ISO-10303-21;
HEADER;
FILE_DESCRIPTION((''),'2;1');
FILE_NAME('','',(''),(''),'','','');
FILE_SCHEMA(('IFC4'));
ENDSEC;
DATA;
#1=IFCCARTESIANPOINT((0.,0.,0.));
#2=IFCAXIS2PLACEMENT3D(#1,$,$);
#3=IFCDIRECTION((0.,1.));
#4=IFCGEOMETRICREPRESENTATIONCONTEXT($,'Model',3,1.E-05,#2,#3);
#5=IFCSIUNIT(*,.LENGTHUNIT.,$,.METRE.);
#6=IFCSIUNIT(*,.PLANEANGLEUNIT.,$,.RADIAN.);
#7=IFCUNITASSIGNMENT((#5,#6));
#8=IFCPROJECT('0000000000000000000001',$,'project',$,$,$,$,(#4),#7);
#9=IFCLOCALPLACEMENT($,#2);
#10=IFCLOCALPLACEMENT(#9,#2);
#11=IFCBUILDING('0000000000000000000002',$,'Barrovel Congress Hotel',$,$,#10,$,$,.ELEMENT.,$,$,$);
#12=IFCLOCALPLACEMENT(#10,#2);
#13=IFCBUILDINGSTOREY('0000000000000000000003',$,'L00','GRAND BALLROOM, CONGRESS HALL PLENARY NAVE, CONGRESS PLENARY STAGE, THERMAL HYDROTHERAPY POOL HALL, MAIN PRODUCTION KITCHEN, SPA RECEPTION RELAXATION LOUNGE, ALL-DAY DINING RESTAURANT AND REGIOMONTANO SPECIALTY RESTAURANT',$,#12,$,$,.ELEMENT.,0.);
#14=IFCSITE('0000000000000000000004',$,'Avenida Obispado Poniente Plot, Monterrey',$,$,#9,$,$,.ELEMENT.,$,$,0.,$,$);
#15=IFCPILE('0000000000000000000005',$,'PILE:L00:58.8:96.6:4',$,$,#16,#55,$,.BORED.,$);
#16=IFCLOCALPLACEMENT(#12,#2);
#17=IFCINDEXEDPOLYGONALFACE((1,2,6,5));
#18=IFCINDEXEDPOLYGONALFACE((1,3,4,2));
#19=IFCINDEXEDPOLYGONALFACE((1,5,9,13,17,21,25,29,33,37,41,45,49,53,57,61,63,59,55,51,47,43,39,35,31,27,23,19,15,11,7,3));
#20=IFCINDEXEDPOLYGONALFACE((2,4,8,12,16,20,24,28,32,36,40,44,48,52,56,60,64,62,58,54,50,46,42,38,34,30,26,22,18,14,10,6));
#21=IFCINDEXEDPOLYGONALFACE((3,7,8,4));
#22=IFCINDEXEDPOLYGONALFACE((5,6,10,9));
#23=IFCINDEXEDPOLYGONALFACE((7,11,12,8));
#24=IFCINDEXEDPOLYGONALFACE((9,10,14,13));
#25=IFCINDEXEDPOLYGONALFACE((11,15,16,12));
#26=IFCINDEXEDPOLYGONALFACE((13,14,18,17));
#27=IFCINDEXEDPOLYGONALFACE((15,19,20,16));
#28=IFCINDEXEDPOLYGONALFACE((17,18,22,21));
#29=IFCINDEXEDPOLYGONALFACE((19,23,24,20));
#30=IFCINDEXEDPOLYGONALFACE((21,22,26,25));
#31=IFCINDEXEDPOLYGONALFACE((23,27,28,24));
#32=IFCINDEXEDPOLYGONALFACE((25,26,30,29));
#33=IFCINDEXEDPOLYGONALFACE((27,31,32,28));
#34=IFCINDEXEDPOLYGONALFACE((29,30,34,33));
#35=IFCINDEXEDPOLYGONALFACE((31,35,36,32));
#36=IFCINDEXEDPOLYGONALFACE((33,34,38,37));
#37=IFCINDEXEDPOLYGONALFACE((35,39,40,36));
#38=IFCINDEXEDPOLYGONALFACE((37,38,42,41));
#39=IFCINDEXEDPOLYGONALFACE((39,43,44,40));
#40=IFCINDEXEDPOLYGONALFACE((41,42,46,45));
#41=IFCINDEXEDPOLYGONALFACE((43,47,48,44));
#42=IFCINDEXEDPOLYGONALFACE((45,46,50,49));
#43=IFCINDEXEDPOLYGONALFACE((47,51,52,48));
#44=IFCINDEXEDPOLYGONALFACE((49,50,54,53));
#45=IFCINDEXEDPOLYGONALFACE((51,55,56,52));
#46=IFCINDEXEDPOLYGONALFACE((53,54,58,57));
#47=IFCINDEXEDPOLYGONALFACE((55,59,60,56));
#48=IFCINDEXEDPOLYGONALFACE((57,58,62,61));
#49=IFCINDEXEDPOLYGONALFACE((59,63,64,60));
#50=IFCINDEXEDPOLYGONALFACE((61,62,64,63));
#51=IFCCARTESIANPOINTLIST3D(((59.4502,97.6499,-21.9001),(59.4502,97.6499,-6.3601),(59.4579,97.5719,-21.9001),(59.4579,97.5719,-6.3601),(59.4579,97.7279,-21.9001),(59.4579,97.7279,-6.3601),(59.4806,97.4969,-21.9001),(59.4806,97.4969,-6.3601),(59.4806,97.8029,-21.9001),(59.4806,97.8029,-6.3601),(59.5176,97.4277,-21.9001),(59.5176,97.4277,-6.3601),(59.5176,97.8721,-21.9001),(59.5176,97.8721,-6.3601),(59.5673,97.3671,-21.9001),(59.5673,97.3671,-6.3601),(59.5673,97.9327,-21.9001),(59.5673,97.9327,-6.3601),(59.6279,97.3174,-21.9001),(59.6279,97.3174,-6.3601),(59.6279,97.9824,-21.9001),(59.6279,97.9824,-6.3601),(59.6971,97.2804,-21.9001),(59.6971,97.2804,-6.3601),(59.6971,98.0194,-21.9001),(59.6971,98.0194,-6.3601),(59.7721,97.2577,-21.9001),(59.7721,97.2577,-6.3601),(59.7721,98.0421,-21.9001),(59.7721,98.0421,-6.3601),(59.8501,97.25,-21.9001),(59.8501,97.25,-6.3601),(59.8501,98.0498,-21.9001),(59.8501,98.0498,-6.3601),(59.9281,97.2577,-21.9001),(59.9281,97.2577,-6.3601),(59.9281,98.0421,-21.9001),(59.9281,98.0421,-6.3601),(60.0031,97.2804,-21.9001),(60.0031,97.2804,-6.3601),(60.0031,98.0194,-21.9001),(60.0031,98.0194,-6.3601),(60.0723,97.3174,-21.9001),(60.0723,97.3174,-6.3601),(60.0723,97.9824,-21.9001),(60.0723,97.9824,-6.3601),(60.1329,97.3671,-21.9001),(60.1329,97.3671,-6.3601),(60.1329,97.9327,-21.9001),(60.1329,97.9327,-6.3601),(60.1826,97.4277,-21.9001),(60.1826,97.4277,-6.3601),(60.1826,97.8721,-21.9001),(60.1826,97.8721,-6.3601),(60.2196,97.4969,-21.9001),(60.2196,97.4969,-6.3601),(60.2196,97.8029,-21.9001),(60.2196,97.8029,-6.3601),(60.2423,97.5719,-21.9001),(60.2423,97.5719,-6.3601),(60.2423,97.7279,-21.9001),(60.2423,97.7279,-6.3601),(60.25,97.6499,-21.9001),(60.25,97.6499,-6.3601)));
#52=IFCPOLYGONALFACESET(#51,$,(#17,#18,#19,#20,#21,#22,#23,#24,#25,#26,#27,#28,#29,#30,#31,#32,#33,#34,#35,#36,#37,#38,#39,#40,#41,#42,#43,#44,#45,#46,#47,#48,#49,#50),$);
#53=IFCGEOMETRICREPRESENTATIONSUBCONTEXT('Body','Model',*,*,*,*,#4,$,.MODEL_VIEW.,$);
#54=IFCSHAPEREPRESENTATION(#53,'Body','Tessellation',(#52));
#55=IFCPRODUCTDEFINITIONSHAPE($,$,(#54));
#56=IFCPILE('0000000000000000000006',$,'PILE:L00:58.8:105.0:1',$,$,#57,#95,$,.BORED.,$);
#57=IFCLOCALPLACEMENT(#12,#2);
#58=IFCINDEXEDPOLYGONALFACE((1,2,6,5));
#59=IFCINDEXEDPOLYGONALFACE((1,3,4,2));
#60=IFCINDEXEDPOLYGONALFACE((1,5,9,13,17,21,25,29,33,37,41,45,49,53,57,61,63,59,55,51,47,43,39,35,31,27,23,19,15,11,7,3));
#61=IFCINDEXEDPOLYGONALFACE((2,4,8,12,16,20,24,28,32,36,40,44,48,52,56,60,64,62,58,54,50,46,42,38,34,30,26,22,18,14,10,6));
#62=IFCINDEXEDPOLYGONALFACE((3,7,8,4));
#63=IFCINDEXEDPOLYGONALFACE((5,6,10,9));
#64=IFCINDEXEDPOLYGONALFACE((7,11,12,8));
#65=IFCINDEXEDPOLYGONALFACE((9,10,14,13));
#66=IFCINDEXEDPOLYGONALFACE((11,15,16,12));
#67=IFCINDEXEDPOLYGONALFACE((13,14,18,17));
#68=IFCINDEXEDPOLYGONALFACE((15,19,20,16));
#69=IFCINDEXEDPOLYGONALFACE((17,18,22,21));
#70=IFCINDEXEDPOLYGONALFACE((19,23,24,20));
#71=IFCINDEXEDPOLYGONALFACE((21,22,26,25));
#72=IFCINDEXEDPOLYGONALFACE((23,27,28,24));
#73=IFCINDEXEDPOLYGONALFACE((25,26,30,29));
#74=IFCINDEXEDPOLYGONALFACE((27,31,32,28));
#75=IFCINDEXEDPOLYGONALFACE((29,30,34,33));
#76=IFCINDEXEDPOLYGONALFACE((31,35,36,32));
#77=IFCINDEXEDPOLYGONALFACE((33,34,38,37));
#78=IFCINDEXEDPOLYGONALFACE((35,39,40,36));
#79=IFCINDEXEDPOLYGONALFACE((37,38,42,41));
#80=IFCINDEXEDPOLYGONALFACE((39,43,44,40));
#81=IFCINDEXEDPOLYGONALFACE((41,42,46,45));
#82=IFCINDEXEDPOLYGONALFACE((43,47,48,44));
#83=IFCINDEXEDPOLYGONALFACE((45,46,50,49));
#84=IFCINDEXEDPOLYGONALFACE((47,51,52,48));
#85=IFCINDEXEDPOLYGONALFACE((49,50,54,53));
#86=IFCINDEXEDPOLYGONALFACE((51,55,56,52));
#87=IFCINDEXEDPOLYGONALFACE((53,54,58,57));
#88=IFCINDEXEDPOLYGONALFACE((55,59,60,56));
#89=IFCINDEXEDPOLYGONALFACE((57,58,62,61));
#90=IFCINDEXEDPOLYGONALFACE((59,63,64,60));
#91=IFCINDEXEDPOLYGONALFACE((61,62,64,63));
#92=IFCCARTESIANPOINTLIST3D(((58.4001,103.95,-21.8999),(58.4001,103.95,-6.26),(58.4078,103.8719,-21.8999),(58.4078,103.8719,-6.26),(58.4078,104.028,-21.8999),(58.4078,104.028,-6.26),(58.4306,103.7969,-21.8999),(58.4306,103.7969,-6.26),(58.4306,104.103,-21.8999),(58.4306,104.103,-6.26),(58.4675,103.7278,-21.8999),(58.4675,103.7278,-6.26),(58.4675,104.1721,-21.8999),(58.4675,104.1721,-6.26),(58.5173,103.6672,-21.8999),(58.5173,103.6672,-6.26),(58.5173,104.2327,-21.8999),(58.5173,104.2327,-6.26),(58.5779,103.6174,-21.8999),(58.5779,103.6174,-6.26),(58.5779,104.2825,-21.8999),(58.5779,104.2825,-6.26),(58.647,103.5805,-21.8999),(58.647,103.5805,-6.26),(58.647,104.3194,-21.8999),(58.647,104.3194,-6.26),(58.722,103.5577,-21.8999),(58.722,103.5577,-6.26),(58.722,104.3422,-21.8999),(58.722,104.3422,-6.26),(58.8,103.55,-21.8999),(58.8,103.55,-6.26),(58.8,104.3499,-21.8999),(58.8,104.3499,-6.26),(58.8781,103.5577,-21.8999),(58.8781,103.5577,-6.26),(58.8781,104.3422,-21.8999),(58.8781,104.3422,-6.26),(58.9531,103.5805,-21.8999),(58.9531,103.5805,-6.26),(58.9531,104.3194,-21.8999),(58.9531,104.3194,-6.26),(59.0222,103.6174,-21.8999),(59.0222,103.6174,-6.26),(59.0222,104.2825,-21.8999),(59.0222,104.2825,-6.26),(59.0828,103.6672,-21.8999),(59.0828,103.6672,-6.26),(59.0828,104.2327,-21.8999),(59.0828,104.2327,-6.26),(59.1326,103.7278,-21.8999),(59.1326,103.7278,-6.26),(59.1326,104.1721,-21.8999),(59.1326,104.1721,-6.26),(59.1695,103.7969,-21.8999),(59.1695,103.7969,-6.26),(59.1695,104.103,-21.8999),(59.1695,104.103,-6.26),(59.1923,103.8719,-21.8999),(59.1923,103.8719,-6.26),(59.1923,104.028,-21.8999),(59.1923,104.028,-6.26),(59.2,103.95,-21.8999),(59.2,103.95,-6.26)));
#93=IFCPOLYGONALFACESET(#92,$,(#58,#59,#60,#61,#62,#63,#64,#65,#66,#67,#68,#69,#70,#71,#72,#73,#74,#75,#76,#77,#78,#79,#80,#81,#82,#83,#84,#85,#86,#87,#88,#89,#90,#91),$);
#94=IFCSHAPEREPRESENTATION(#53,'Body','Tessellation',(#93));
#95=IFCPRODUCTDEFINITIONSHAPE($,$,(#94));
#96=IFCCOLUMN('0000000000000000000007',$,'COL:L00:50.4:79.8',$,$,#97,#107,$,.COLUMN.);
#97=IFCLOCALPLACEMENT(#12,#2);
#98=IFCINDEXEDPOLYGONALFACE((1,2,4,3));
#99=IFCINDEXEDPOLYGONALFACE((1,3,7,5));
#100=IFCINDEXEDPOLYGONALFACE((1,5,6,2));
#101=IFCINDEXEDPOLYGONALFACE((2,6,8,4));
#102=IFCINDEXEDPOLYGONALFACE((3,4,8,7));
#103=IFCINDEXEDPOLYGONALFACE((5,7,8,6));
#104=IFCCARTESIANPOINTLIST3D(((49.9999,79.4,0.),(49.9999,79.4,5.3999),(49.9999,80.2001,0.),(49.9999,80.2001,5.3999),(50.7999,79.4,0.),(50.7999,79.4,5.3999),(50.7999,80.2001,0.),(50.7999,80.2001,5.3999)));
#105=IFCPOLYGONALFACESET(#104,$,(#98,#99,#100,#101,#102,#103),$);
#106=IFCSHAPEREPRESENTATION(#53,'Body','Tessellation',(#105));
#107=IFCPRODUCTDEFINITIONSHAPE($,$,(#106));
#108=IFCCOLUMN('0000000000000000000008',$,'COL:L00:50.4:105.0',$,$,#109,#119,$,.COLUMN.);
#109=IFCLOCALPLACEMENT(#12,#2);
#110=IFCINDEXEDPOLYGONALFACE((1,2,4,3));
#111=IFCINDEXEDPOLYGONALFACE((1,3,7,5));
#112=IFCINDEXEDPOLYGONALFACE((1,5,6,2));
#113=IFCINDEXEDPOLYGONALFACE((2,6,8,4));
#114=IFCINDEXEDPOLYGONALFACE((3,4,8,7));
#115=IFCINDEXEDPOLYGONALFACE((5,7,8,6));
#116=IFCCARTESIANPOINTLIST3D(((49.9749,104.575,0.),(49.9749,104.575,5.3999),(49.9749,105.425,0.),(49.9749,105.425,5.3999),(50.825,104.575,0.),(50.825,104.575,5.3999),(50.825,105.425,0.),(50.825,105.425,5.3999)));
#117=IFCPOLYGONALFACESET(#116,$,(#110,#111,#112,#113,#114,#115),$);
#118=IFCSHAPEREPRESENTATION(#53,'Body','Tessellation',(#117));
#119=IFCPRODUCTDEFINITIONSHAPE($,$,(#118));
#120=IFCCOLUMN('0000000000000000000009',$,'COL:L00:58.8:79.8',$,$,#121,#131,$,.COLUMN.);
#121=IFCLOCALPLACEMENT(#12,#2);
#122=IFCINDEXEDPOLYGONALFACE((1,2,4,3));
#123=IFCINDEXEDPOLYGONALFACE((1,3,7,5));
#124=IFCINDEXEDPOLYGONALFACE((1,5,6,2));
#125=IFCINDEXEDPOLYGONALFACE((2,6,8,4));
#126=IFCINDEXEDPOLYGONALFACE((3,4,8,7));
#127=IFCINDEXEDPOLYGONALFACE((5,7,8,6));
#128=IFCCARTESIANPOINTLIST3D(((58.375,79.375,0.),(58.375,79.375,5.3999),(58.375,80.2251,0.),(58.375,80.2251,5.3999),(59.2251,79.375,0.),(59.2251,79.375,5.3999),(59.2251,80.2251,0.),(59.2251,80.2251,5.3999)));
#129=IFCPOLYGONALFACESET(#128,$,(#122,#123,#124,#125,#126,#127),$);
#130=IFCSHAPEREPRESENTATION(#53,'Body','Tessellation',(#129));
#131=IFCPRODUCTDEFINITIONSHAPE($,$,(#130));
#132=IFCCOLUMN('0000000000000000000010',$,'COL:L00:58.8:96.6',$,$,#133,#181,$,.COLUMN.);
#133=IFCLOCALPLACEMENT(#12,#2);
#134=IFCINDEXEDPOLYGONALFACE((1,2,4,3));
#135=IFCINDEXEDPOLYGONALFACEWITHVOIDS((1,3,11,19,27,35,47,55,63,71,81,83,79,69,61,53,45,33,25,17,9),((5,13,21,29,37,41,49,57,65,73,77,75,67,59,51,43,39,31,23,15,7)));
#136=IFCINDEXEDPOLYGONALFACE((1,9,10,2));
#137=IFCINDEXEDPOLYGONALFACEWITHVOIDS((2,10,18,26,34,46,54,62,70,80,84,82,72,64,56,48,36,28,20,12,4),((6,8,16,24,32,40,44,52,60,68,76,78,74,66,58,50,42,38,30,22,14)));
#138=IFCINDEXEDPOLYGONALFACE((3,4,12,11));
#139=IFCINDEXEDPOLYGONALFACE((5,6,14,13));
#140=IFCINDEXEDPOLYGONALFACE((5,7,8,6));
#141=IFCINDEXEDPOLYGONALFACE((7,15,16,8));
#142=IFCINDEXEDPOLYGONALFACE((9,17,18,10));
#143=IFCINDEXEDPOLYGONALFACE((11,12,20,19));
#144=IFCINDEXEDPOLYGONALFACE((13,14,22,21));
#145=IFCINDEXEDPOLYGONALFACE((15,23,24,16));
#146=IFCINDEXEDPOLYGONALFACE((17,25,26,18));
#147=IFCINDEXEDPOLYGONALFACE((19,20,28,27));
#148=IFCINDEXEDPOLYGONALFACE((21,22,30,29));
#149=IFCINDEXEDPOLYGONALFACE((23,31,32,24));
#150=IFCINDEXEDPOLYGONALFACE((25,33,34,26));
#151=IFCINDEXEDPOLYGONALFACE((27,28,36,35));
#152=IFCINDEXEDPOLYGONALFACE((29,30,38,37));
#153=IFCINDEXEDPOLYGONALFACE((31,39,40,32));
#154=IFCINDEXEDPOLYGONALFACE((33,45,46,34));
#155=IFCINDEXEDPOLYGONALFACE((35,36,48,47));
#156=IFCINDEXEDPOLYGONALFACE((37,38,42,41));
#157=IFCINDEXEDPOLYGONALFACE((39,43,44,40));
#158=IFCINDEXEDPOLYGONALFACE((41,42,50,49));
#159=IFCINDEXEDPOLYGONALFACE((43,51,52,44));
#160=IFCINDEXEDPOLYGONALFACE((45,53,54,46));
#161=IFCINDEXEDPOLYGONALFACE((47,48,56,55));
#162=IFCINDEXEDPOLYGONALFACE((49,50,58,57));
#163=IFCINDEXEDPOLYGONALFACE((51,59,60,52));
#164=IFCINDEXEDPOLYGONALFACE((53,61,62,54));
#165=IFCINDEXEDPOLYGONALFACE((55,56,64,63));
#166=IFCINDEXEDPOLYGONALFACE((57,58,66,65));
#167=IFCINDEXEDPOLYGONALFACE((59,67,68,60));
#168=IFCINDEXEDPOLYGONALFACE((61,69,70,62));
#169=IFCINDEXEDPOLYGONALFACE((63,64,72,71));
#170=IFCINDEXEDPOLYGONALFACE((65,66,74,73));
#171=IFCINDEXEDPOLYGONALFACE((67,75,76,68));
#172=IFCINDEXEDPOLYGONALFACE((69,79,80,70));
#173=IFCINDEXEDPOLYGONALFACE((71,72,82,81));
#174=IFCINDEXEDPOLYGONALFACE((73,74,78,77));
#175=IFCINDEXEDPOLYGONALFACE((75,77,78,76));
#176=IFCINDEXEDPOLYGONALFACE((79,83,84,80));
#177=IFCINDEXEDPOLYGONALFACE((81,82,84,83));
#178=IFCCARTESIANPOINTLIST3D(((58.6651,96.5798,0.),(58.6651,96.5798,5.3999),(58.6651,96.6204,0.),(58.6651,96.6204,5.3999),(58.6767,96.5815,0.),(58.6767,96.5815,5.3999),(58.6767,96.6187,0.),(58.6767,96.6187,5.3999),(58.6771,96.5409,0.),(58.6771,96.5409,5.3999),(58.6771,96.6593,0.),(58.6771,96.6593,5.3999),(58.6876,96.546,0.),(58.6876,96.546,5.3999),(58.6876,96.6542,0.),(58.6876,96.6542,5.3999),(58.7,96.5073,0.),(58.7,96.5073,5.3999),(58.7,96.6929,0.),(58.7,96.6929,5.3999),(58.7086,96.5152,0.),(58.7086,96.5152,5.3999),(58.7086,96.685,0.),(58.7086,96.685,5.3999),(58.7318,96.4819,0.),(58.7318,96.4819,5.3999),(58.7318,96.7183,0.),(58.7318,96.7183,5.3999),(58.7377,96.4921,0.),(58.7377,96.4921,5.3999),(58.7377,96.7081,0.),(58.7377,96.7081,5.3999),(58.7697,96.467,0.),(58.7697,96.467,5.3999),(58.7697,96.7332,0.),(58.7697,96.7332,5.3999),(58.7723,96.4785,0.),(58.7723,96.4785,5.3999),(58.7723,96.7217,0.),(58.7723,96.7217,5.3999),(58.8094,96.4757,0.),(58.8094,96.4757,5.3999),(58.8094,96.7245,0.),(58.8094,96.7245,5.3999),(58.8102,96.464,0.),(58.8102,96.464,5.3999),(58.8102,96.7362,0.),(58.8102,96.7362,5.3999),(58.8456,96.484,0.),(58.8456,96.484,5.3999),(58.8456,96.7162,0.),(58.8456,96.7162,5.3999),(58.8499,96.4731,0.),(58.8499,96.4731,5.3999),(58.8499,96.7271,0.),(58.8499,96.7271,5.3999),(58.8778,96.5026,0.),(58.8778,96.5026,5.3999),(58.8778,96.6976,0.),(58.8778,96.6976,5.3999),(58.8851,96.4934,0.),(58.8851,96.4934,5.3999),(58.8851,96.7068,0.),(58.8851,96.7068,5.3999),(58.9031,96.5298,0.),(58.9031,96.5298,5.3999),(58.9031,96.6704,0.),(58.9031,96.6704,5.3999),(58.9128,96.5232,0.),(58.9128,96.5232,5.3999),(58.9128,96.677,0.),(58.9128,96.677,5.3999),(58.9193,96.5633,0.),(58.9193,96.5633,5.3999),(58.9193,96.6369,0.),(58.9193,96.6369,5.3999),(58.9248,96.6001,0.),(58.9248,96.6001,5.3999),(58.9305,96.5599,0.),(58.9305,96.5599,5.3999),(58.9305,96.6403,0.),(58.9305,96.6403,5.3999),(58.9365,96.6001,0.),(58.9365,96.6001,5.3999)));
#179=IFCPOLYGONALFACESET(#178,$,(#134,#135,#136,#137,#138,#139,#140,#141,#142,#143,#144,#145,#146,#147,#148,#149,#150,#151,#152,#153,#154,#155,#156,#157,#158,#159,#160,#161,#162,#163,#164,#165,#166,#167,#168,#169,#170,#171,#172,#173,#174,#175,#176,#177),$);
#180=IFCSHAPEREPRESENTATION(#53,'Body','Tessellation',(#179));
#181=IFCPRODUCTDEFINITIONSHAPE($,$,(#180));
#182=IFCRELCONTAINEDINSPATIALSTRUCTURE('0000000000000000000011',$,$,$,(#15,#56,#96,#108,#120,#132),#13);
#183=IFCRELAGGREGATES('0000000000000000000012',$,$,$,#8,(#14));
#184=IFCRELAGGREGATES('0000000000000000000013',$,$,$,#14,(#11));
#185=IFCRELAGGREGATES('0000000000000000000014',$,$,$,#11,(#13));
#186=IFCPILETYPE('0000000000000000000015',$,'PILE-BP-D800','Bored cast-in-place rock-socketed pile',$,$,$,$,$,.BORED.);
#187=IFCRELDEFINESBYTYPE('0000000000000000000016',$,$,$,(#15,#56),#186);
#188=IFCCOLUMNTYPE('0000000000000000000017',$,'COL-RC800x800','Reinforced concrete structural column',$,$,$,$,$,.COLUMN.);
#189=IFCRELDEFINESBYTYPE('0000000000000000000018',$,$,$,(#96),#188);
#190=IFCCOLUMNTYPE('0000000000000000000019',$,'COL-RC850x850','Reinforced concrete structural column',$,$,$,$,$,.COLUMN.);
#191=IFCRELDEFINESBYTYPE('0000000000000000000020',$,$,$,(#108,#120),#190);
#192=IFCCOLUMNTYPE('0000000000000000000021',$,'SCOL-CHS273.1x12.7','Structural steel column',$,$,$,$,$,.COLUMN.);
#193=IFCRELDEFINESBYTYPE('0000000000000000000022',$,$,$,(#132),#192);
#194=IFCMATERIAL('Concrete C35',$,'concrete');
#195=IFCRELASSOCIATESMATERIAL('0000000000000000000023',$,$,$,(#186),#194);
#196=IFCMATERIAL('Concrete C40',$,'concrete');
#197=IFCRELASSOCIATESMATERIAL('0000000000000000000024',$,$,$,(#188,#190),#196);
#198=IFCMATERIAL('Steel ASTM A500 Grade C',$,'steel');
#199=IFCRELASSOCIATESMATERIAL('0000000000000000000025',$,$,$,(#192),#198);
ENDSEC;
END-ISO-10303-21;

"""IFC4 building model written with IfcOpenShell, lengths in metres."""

from ifc_helpers import new_model, si_unit, direction, frame, origin, origin_2d, place, context, subcontext, project, spatial, rectangle, circle, hollow_circle, extrude, material, material_profile, profile_set, type_object, element, save


model = new_model("IFC4")

# Units and contexts
model_context = context("Model", 3, precision=1e-05, world=origin(), true_north=direction((0.0, 1.0)))
body_context = subcontext(model_context, "Body", "Model", "MODEL_VIEW")
ifc_project = project(units=[si_unit("LENGTHUNIT", "METRE"), si_unit("PLANEANGLEUNIT", "RADIAN")], contexts=[model_context])

# Site, building, storey
site_placement = place(None, origin())
site = spatial("IfcSite", under=ifc_project, at=site_placement, Name="Avenida Obispado Poniente Plot, Monterrey", CompositionType="ELEMENT", RefElevation=0.0)
building_placement = place(site_placement, origin())
building = spatial("IfcBuilding", under=site, at=building_placement, Name="Barrovel Congress Hotel", CompositionType="ELEMENT")
storey_placement = place(building_placement, origin())
storey = spatial("IfcBuildingStorey", under=building, at=storey_placement, Name="L00", Description="GRAND BALLROOM, CONGRESS HALL PLENARY NAVE, CONGRESS PLENARY STAGE, THERMAL HYDROTHERAPY POOL HALL, MAIN PRODUCTION KITCHEN, SPA RECEPTION RELAXATION LOUNGE, ALL-DAY DINING RESTAURANT AND REGIOMONTANO SPECIALTY RESTAURANT", CompositionType="ELEMENT", Elevation=0.0)

# Shared definitions
ifc_material_1 = material(Name="Concrete C40", Category="concrete")

# Piles
ifc_material_2 = material(Name="Concrete C35", Category="concrete")
ifc_material_profile_1 = material_profile(ifc_material_2, circle(Radius=0.3999, at=origin_2d()), Name="BP-D800")
ifc_profile_set_1 = profile_set([ifc_material_profile_1], Name="Concrete C35")
pile_type = type_object("IfcPileType", Name="PILE-BP-D800", Description="Bored cast-in-place rock-socketed pile", PredefinedType="BORED", material=ifc_profile_set_1)
for number, where, z_axis, x_axis, name in (
    (1, (59.8501, 97.6499, -6.3601), (0.0, 0.0, -1.0), (1.0, 0.0, 0.0), "PILE:L00:58.8:96.6:4"),
):
    element("IfcPile", number, at=place(storey_placement, frame(where, z_axis=z_axis, x_axis=x_axis)), inside=storey, type_object=pile_type, Name=name, PredefinedType="BORED", context=body_context, shape_type="SweptSolid", body=[
        extrude(circle(Radius=0.3999, at=origin_2d()), origin(), (0.0, 0.0, 1.0), 15.54),
    ])
pile_placement = place(storey_placement, frame((58.8, 103.95, -6.26), z_axis=(0.0, 0.0, -1.0), x_axis=(1.0, 0.0, 0.0)))
element("IfcPile", 2, at=pile_placement, inside=storey, type_object=pile_type, Name="PILE:L00:58.8:105.0:1", PredefinedType="BORED", context=body_context, shape_type="SweptSolid", body=[
    extrude(circle(Radius=0.3999, at=origin_2d()), origin(), (0.0, 0.0, 1.0), 15.6399),
])

# Columns
ifc_material_profile_2 = material_profile(ifc_material_1, rectangle(XDim=0.8, YDim=0.8, at=origin_2d()), Name="RC800x800")
ifc_profile_set_2 = profile_set([ifc_material_profile_2], Name="Concrete C40")
column_type_1 = type_object("IfcColumnType", Name="COL-RC800x800", Description="Reinforced concrete structural column", PredefinedType="COLUMN", material=ifc_profile_set_2)
column_placement = place(storey_placement, frame((50.3999, 79.8, 0.0), z_axis=(0.0, 0.0, 1.0), x_axis=(1.0, 0.0, 0.0)))
element("IfcColumn", 3, at=column_placement, inside=storey, type_object=column_type_1, Name="COL:L00:50.4:79.8", PredefinedType="COLUMN", context=body_context, shape_type="SweptSolid", body=[
    extrude(rectangle(XDim=0.8, YDim=0.8, at=origin_2d()), origin(), (0.0, 0.0, 1.0), 5.3999),
])
ifc_material_profile_3 = material_profile(ifc_material_1, rectangle(XDim=0.8501, YDim=0.8501, at=origin_2d()), Name="RC850x850")
ifc_profile_set_3 = profile_set([ifc_material_profile_3], Name="Concrete C40")
column_type_2 = type_object("IfcColumnType", Name="COL-RC850x850", Description="Reinforced concrete structural column", PredefinedType="COLUMN", material=ifc_profile_set_3)
for number, where, z_axis, x_axis, name in (
    (4, (50.3999, 105.0, 0.0), (0.0, 0.0, 1.0), (1.0, 0.0, 0.0), "COL:L00:50.4:105.0"),
    (5, (58.8, 79.8, 0.0), (0.0, 0.0, 1.0), (1.0, 0.0, 0.0), "COL:L00:58.8:79.8"),
):
    element("IfcColumn", number, at=place(storey_placement, frame(where, z_axis=z_axis, x_axis=x_axis)), inside=storey, type_object=column_type_2, Name=name, PredefinedType="COLUMN", context=body_context, shape_type="SweptSolid", body=[
        extrude(rectangle(XDim=0.8501, YDim=0.8501, at=origin_2d()), origin(), (0.0, 0.0, 1.0), 5.3999),
    ])
ifc_material_3 = material(Name="Steel ASTM A500 Grade C", Category="steel")
ifc_material_profile_4 = material_profile(ifc_material_3, hollow_circle(Radius=0.1365, WallThickness=0.0117, at=origin_2d()), Name="CHS273.1x12.7")
ifc_profile_set_4 = profile_set([ifc_material_profile_4], Name="Steel ASTM A500 Grade C")
column_type_3 = type_object("IfcColumnType", Name="SCOL-CHS273.1x12.7", Description="Structural steel column", PredefinedType="COLUMN", material=ifc_profile_set_4)
for number, where, z_axis, x_axis, name in (
    (6, (58.8, 96.6001, 0.0), (0.0, 0.0, 1.0), (1.0, 0.0, 0.0), "COL:L00:58.8:96.6"),
):
    element("IfcColumn", number, at=place(storey_placement, frame(where, z_axis=z_axis, x_axis=x_axis)), inside=storey, type_object=column_type_3, Name=name, PredefinedType="COLUMN", context=body_context, shape_type="SweptSolid", body=[
        extrude(hollow_circle(Radius=0.1365, WallThickness=0.0117, at=origin_2d()), origin(), (0.0, 0.0, 1.0), 5.3999),
    ])

save(model, "model.ifc")
